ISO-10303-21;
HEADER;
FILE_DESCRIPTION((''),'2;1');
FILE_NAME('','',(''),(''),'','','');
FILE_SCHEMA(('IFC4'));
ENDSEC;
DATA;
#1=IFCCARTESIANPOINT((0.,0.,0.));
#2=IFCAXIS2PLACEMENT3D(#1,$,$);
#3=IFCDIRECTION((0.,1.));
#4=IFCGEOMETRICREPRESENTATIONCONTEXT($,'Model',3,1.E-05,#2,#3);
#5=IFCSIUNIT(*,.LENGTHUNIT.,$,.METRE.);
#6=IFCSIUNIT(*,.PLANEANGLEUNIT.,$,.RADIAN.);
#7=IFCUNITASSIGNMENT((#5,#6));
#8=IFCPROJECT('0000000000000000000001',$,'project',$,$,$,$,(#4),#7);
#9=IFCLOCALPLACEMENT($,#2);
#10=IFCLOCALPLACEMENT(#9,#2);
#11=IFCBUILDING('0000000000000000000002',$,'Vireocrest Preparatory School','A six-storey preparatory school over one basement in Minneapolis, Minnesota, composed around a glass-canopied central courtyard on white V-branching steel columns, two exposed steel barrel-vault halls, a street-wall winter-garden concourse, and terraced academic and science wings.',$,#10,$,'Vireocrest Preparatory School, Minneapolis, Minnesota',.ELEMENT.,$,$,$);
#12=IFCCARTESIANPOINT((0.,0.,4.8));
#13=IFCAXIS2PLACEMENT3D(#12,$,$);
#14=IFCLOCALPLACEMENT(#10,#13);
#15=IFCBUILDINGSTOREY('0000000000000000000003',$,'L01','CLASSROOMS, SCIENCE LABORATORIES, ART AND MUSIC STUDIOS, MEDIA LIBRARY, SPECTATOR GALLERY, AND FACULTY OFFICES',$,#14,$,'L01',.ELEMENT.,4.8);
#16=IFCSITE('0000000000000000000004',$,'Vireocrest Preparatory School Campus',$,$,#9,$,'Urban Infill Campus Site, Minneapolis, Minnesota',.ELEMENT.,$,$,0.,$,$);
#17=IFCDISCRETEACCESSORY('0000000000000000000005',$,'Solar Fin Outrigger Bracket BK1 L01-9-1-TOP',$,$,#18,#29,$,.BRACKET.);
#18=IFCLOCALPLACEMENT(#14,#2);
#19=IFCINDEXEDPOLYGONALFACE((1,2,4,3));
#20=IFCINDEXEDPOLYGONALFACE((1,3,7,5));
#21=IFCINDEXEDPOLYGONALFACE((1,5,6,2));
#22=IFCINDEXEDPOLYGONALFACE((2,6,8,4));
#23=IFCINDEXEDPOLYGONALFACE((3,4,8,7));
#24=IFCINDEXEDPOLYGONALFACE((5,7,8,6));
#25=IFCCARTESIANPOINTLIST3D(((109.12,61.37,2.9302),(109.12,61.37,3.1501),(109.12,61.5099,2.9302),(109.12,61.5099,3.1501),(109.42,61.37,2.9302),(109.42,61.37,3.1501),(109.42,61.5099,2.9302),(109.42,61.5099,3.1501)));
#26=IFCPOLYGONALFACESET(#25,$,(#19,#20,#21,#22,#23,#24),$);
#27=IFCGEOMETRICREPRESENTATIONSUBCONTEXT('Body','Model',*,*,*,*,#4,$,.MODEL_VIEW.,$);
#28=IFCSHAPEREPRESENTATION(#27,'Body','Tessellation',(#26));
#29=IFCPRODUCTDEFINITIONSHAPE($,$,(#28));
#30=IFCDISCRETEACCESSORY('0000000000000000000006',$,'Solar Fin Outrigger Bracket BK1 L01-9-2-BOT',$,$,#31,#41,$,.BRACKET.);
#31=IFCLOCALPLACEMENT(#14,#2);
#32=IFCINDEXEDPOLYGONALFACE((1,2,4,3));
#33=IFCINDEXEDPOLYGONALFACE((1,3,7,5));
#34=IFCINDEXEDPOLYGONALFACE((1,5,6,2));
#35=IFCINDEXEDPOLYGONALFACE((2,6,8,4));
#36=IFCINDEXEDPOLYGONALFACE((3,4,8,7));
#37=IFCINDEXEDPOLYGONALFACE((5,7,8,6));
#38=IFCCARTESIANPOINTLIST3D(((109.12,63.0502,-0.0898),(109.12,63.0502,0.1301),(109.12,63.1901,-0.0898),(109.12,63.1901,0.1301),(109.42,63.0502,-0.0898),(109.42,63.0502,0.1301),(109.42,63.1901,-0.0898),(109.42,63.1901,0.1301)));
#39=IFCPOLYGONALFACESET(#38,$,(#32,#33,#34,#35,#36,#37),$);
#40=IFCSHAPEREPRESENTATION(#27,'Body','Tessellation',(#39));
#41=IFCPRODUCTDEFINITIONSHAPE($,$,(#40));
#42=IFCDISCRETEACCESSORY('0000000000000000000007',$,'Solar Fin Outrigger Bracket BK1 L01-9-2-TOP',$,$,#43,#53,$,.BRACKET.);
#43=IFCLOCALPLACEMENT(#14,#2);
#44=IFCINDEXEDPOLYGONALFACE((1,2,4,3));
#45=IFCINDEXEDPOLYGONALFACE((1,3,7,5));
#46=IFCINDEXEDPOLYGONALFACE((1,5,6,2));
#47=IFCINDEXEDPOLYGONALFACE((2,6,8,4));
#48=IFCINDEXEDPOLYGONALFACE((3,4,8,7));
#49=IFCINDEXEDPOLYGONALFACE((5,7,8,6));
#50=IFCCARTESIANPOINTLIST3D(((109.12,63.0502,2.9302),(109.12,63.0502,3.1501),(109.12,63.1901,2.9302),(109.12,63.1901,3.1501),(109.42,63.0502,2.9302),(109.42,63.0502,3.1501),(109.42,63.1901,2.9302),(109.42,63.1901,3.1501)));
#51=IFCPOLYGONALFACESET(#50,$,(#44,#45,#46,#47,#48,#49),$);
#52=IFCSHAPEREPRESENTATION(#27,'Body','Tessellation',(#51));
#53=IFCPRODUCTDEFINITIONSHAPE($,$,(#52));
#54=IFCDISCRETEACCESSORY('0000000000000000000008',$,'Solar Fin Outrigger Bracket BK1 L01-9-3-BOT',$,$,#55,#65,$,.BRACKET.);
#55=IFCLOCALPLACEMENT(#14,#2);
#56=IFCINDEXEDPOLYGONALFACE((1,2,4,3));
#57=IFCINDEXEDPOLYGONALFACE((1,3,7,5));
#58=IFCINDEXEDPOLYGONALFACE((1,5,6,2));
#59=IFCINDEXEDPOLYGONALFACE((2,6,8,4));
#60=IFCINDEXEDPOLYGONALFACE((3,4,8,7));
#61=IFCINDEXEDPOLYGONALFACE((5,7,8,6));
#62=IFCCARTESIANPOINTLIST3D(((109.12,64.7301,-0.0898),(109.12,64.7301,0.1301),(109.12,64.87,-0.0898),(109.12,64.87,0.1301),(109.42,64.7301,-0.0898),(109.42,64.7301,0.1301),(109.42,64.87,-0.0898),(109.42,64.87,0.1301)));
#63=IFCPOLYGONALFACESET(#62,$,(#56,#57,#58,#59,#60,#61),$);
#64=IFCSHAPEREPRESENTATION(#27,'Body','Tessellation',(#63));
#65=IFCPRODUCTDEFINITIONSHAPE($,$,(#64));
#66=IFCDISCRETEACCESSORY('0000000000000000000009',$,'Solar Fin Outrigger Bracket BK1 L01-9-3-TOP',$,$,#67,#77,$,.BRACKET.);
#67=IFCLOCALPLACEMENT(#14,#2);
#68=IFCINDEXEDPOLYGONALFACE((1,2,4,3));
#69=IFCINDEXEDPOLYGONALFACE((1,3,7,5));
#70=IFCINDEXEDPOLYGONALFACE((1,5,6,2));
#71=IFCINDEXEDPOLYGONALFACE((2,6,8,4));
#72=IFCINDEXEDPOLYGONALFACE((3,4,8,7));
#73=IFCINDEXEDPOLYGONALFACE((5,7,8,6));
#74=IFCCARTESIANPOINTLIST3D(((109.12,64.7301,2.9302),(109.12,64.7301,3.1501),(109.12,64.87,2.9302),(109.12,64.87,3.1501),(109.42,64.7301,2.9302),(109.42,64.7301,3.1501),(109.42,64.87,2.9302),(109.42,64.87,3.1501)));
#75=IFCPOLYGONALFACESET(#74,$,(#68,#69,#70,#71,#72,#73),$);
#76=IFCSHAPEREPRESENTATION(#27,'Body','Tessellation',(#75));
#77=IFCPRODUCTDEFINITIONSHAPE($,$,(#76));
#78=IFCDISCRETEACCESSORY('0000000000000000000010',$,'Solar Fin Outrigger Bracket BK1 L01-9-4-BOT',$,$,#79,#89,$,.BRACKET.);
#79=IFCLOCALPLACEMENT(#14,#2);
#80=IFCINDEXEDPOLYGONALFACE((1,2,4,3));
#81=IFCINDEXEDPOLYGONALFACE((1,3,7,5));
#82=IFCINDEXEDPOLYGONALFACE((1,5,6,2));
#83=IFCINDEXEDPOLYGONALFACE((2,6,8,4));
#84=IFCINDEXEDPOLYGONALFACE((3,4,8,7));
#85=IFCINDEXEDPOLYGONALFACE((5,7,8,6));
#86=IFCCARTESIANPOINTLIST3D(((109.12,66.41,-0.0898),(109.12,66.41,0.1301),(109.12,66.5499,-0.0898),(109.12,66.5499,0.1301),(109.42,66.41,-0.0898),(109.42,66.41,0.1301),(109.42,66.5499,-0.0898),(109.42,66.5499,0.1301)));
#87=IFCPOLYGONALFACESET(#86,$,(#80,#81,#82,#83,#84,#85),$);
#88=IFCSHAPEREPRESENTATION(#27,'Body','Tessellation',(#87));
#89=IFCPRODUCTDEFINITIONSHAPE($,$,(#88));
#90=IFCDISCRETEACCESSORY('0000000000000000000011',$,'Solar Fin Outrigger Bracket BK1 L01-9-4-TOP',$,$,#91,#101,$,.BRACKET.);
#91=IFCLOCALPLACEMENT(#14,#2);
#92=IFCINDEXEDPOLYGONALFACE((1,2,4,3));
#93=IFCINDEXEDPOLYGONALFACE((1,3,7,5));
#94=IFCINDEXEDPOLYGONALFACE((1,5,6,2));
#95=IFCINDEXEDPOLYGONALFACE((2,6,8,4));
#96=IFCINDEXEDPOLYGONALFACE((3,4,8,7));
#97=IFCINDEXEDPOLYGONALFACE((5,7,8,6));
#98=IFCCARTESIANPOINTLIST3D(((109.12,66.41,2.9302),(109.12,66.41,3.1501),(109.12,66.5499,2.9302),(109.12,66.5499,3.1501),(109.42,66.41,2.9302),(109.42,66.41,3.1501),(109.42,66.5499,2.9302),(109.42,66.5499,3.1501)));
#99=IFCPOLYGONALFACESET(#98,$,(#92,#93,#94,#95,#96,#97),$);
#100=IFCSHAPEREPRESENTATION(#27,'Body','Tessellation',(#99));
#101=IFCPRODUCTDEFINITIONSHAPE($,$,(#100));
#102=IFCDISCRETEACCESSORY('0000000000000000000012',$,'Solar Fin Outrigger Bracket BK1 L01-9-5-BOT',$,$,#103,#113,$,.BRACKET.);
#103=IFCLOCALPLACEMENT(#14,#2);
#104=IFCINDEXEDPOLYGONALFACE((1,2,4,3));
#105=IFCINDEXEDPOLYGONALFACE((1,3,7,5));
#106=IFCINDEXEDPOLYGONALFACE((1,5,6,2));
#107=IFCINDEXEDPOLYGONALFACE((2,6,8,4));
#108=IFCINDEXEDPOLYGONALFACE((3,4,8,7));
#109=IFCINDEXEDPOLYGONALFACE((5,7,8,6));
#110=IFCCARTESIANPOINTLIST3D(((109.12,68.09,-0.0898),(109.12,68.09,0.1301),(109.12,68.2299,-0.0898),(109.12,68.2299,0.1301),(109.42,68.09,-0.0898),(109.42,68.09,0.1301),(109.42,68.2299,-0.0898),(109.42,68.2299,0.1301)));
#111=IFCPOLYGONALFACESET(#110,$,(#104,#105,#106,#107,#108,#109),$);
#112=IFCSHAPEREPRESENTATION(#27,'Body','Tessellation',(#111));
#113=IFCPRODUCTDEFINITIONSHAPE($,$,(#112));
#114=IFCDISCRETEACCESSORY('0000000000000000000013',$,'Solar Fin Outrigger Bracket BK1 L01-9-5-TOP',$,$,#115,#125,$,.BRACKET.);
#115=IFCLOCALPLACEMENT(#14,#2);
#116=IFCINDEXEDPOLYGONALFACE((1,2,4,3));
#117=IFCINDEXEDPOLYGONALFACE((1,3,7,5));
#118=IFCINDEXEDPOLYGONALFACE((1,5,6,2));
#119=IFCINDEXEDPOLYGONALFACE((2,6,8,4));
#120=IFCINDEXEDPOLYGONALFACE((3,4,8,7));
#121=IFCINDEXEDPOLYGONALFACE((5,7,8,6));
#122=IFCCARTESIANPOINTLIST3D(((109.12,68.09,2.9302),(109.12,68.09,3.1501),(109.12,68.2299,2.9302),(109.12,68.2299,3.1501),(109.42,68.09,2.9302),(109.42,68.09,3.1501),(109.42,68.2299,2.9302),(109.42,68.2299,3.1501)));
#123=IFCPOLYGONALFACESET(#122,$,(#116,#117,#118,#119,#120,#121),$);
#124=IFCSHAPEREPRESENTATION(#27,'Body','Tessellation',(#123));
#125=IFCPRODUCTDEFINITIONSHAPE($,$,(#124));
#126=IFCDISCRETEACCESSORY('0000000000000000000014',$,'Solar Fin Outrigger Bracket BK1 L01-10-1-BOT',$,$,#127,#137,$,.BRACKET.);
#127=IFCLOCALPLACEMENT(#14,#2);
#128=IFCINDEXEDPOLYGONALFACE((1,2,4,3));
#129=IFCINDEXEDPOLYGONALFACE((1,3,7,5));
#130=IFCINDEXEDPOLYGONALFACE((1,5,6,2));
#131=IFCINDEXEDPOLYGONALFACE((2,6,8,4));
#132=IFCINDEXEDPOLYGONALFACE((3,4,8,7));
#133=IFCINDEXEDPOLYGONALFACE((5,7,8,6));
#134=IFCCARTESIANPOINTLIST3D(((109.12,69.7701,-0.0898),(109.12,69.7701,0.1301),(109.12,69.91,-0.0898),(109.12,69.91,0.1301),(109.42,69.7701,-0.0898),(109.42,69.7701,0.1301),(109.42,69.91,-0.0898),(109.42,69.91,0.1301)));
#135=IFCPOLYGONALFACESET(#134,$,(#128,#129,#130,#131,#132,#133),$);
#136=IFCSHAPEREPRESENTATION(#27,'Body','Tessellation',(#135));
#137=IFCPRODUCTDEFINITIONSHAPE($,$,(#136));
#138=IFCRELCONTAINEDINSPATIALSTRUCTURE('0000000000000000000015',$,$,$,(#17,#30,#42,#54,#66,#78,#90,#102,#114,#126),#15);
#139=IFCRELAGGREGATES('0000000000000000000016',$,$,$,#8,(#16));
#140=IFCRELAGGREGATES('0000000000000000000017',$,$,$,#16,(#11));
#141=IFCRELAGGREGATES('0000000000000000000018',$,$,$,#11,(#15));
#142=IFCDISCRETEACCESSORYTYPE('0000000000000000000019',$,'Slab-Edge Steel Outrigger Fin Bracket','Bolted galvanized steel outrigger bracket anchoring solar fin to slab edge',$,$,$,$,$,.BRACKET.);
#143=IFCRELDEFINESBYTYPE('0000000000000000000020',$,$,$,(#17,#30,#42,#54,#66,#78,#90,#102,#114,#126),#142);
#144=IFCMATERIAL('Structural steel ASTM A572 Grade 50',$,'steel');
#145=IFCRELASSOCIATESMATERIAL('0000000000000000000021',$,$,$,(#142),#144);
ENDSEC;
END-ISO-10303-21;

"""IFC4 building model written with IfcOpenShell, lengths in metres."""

from ifc_helpers import new_model, si_unit, direction, frame, origin, origin_2d, place, context, subcontext, project, spatial, rectangle, extrude, material, type_object, element, save


model = new_model("IFC4")

# Units and contexts
model_context = context("Model", 3, precision=1e-05, world=origin(), true_north=direction((0.0, 1.0)))
body_context = subcontext(model_context, "Body", "Model", "MODEL_VIEW")
ifc_project = project(units=[si_unit("LENGTHUNIT", "METRE"), si_unit("PLANEANGLEUNIT", "RADIAN")], contexts=[model_context])

# Site, building, storey
site_placement = place(None, origin())
site = spatial("IfcSite", under=ifc_project, at=site_placement, Name="Vireocrest Preparatory School Campus", LongName="Urban Infill Campus Site, Minneapolis, Minnesota", CompositionType="ELEMENT", RefElevation=0.0)
building_placement = place(site_placement, origin())
building = spatial("IfcBuilding", under=site, at=building_placement, Name="Vireocrest Preparatory School", Description="A six-storey preparatory school over one basement in Minneapolis, Minnesota, composed around a glass-canopied central courtyard on white V-branching steel columns, two exposed steel barrel-vault halls, a street-wall winter-garden concourse, and terraced academic and science wings.", LongName="Vireocrest Preparatory School, Minneapolis, Minnesota", CompositionType="ELEMENT")
storey_placement = place(building_placement, frame((0.0, 0.0, 4.8)))
storey = spatial("IfcBuildingStorey", under=building, at=storey_placement, Name="L01", Description="CLASSROOMS, SCIENCE LABORATORIES, ART AND MUSIC STUDIOS, MEDIA LIBRARY, SPECTATOR GALLERY, AND FACULTY OFFICES", LongName="L01", CompositionType="ELEMENT", Elevation=4.8)

# Discrete accessories
ifc_material_1 = material(Name="Structural steel ASTM A572 Grade 50", Category="steel")
discrete_accessory_type = type_object("IfcDiscreteAccessoryType", Name="Slab-Edge Steel Outrigger Fin Bracket", Description="Bolted galvanized steel outrigger bracket anchoring solar fin to slab edge", PredefinedType="BRACKET", material=ifc_material_1)
for number, where, z_axis, x_axis, name in (
    (1, (109.27, 61.4399, 2.9302), (0.0, 0.0, 1.0), (0.0, -1.0, 0.0), "Solar Fin Outrigger Bracket BK1 L01-9-1-TOP"),
    (2, (109.27, 63.1201, -0.0898), (0.0, 0.0, 1.0), (0.0, -1.0, 0.0), "Solar Fin Outrigger Bracket BK1 L01-9-2-BOT"),
    (3, (109.27, 63.1201, 2.9302), (0.0, 0.0, 1.0), (0.0, -1.0, 0.0), "Solar Fin Outrigger Bracket BK1 L01-9-2-TOP"),
    (4, (109.27, 64.8, -0.0898), (0.0, 0.0, 1.0), (0.0, -1.0, 0.0), "Solar Fin Outrigger Bracket BK1 L01-9-3-BOT"),
    (5, (109.27, 64.8, 2.9302), (0.0, 0.0, 1.0), (0.0, -1.0, 0.0), "Solar Fin Outrigger Bracket BK1 L01-9-3-TOP"),
    (6, (109.27, 66.48, -0.0898), (0.0, 0.0, 1.0), (0.0, -1.0, 0.0), "Solar Fin Outrigger Bracket BK1 L01-9-4-BOT"),
    (7, (109.27, 66.48, 2.9302), (0.0, 0.0, 1.0), (0.0, -1.0, 0.0), "Solar Fin Outrigger Bracket BK1 L01-9-4-TOP"),
    (8, (109.27, 68.1599, -0.0898), (0.0, 0.0, 1.0), (0.0, -1.0, 0.0), "Solar Fin Outrigger Bracket BK1 L01-9-5-BOT"),
    (9, (109.27, 68.1599, 2.9302), (0.0, 0.0, 1.0), (0.0, -1.0, 0.0), "Solar Fin Outrigger Bracket BK1 L01-9-5-TOP"),
    (10, (109.27, 69.8401, -0.0898), (0.0, 0.0, 1.0), (0.0, -1.0, 0.0), "Solar Fin Outrigger Bracket BK1 L01-10-1-BOT"),
):
    element("IfcDiscreteAccessory", number, at=place(storey_placement, frame(where, z_axis=z_axis, x_axis=x_axis)), inside=storey, type_object=discrete_accessory_type, Name=name, PredefinedType="BRACKET", context=body_context, shape_type="SweptSolid", body=[
        extrude(rectangle(XDim=0.1399, YDim=0.3, at=origin_2d()), origin(), (0.0, 0.0, 1.0), 0.22),
    ])

save(model, "model.ifc")
